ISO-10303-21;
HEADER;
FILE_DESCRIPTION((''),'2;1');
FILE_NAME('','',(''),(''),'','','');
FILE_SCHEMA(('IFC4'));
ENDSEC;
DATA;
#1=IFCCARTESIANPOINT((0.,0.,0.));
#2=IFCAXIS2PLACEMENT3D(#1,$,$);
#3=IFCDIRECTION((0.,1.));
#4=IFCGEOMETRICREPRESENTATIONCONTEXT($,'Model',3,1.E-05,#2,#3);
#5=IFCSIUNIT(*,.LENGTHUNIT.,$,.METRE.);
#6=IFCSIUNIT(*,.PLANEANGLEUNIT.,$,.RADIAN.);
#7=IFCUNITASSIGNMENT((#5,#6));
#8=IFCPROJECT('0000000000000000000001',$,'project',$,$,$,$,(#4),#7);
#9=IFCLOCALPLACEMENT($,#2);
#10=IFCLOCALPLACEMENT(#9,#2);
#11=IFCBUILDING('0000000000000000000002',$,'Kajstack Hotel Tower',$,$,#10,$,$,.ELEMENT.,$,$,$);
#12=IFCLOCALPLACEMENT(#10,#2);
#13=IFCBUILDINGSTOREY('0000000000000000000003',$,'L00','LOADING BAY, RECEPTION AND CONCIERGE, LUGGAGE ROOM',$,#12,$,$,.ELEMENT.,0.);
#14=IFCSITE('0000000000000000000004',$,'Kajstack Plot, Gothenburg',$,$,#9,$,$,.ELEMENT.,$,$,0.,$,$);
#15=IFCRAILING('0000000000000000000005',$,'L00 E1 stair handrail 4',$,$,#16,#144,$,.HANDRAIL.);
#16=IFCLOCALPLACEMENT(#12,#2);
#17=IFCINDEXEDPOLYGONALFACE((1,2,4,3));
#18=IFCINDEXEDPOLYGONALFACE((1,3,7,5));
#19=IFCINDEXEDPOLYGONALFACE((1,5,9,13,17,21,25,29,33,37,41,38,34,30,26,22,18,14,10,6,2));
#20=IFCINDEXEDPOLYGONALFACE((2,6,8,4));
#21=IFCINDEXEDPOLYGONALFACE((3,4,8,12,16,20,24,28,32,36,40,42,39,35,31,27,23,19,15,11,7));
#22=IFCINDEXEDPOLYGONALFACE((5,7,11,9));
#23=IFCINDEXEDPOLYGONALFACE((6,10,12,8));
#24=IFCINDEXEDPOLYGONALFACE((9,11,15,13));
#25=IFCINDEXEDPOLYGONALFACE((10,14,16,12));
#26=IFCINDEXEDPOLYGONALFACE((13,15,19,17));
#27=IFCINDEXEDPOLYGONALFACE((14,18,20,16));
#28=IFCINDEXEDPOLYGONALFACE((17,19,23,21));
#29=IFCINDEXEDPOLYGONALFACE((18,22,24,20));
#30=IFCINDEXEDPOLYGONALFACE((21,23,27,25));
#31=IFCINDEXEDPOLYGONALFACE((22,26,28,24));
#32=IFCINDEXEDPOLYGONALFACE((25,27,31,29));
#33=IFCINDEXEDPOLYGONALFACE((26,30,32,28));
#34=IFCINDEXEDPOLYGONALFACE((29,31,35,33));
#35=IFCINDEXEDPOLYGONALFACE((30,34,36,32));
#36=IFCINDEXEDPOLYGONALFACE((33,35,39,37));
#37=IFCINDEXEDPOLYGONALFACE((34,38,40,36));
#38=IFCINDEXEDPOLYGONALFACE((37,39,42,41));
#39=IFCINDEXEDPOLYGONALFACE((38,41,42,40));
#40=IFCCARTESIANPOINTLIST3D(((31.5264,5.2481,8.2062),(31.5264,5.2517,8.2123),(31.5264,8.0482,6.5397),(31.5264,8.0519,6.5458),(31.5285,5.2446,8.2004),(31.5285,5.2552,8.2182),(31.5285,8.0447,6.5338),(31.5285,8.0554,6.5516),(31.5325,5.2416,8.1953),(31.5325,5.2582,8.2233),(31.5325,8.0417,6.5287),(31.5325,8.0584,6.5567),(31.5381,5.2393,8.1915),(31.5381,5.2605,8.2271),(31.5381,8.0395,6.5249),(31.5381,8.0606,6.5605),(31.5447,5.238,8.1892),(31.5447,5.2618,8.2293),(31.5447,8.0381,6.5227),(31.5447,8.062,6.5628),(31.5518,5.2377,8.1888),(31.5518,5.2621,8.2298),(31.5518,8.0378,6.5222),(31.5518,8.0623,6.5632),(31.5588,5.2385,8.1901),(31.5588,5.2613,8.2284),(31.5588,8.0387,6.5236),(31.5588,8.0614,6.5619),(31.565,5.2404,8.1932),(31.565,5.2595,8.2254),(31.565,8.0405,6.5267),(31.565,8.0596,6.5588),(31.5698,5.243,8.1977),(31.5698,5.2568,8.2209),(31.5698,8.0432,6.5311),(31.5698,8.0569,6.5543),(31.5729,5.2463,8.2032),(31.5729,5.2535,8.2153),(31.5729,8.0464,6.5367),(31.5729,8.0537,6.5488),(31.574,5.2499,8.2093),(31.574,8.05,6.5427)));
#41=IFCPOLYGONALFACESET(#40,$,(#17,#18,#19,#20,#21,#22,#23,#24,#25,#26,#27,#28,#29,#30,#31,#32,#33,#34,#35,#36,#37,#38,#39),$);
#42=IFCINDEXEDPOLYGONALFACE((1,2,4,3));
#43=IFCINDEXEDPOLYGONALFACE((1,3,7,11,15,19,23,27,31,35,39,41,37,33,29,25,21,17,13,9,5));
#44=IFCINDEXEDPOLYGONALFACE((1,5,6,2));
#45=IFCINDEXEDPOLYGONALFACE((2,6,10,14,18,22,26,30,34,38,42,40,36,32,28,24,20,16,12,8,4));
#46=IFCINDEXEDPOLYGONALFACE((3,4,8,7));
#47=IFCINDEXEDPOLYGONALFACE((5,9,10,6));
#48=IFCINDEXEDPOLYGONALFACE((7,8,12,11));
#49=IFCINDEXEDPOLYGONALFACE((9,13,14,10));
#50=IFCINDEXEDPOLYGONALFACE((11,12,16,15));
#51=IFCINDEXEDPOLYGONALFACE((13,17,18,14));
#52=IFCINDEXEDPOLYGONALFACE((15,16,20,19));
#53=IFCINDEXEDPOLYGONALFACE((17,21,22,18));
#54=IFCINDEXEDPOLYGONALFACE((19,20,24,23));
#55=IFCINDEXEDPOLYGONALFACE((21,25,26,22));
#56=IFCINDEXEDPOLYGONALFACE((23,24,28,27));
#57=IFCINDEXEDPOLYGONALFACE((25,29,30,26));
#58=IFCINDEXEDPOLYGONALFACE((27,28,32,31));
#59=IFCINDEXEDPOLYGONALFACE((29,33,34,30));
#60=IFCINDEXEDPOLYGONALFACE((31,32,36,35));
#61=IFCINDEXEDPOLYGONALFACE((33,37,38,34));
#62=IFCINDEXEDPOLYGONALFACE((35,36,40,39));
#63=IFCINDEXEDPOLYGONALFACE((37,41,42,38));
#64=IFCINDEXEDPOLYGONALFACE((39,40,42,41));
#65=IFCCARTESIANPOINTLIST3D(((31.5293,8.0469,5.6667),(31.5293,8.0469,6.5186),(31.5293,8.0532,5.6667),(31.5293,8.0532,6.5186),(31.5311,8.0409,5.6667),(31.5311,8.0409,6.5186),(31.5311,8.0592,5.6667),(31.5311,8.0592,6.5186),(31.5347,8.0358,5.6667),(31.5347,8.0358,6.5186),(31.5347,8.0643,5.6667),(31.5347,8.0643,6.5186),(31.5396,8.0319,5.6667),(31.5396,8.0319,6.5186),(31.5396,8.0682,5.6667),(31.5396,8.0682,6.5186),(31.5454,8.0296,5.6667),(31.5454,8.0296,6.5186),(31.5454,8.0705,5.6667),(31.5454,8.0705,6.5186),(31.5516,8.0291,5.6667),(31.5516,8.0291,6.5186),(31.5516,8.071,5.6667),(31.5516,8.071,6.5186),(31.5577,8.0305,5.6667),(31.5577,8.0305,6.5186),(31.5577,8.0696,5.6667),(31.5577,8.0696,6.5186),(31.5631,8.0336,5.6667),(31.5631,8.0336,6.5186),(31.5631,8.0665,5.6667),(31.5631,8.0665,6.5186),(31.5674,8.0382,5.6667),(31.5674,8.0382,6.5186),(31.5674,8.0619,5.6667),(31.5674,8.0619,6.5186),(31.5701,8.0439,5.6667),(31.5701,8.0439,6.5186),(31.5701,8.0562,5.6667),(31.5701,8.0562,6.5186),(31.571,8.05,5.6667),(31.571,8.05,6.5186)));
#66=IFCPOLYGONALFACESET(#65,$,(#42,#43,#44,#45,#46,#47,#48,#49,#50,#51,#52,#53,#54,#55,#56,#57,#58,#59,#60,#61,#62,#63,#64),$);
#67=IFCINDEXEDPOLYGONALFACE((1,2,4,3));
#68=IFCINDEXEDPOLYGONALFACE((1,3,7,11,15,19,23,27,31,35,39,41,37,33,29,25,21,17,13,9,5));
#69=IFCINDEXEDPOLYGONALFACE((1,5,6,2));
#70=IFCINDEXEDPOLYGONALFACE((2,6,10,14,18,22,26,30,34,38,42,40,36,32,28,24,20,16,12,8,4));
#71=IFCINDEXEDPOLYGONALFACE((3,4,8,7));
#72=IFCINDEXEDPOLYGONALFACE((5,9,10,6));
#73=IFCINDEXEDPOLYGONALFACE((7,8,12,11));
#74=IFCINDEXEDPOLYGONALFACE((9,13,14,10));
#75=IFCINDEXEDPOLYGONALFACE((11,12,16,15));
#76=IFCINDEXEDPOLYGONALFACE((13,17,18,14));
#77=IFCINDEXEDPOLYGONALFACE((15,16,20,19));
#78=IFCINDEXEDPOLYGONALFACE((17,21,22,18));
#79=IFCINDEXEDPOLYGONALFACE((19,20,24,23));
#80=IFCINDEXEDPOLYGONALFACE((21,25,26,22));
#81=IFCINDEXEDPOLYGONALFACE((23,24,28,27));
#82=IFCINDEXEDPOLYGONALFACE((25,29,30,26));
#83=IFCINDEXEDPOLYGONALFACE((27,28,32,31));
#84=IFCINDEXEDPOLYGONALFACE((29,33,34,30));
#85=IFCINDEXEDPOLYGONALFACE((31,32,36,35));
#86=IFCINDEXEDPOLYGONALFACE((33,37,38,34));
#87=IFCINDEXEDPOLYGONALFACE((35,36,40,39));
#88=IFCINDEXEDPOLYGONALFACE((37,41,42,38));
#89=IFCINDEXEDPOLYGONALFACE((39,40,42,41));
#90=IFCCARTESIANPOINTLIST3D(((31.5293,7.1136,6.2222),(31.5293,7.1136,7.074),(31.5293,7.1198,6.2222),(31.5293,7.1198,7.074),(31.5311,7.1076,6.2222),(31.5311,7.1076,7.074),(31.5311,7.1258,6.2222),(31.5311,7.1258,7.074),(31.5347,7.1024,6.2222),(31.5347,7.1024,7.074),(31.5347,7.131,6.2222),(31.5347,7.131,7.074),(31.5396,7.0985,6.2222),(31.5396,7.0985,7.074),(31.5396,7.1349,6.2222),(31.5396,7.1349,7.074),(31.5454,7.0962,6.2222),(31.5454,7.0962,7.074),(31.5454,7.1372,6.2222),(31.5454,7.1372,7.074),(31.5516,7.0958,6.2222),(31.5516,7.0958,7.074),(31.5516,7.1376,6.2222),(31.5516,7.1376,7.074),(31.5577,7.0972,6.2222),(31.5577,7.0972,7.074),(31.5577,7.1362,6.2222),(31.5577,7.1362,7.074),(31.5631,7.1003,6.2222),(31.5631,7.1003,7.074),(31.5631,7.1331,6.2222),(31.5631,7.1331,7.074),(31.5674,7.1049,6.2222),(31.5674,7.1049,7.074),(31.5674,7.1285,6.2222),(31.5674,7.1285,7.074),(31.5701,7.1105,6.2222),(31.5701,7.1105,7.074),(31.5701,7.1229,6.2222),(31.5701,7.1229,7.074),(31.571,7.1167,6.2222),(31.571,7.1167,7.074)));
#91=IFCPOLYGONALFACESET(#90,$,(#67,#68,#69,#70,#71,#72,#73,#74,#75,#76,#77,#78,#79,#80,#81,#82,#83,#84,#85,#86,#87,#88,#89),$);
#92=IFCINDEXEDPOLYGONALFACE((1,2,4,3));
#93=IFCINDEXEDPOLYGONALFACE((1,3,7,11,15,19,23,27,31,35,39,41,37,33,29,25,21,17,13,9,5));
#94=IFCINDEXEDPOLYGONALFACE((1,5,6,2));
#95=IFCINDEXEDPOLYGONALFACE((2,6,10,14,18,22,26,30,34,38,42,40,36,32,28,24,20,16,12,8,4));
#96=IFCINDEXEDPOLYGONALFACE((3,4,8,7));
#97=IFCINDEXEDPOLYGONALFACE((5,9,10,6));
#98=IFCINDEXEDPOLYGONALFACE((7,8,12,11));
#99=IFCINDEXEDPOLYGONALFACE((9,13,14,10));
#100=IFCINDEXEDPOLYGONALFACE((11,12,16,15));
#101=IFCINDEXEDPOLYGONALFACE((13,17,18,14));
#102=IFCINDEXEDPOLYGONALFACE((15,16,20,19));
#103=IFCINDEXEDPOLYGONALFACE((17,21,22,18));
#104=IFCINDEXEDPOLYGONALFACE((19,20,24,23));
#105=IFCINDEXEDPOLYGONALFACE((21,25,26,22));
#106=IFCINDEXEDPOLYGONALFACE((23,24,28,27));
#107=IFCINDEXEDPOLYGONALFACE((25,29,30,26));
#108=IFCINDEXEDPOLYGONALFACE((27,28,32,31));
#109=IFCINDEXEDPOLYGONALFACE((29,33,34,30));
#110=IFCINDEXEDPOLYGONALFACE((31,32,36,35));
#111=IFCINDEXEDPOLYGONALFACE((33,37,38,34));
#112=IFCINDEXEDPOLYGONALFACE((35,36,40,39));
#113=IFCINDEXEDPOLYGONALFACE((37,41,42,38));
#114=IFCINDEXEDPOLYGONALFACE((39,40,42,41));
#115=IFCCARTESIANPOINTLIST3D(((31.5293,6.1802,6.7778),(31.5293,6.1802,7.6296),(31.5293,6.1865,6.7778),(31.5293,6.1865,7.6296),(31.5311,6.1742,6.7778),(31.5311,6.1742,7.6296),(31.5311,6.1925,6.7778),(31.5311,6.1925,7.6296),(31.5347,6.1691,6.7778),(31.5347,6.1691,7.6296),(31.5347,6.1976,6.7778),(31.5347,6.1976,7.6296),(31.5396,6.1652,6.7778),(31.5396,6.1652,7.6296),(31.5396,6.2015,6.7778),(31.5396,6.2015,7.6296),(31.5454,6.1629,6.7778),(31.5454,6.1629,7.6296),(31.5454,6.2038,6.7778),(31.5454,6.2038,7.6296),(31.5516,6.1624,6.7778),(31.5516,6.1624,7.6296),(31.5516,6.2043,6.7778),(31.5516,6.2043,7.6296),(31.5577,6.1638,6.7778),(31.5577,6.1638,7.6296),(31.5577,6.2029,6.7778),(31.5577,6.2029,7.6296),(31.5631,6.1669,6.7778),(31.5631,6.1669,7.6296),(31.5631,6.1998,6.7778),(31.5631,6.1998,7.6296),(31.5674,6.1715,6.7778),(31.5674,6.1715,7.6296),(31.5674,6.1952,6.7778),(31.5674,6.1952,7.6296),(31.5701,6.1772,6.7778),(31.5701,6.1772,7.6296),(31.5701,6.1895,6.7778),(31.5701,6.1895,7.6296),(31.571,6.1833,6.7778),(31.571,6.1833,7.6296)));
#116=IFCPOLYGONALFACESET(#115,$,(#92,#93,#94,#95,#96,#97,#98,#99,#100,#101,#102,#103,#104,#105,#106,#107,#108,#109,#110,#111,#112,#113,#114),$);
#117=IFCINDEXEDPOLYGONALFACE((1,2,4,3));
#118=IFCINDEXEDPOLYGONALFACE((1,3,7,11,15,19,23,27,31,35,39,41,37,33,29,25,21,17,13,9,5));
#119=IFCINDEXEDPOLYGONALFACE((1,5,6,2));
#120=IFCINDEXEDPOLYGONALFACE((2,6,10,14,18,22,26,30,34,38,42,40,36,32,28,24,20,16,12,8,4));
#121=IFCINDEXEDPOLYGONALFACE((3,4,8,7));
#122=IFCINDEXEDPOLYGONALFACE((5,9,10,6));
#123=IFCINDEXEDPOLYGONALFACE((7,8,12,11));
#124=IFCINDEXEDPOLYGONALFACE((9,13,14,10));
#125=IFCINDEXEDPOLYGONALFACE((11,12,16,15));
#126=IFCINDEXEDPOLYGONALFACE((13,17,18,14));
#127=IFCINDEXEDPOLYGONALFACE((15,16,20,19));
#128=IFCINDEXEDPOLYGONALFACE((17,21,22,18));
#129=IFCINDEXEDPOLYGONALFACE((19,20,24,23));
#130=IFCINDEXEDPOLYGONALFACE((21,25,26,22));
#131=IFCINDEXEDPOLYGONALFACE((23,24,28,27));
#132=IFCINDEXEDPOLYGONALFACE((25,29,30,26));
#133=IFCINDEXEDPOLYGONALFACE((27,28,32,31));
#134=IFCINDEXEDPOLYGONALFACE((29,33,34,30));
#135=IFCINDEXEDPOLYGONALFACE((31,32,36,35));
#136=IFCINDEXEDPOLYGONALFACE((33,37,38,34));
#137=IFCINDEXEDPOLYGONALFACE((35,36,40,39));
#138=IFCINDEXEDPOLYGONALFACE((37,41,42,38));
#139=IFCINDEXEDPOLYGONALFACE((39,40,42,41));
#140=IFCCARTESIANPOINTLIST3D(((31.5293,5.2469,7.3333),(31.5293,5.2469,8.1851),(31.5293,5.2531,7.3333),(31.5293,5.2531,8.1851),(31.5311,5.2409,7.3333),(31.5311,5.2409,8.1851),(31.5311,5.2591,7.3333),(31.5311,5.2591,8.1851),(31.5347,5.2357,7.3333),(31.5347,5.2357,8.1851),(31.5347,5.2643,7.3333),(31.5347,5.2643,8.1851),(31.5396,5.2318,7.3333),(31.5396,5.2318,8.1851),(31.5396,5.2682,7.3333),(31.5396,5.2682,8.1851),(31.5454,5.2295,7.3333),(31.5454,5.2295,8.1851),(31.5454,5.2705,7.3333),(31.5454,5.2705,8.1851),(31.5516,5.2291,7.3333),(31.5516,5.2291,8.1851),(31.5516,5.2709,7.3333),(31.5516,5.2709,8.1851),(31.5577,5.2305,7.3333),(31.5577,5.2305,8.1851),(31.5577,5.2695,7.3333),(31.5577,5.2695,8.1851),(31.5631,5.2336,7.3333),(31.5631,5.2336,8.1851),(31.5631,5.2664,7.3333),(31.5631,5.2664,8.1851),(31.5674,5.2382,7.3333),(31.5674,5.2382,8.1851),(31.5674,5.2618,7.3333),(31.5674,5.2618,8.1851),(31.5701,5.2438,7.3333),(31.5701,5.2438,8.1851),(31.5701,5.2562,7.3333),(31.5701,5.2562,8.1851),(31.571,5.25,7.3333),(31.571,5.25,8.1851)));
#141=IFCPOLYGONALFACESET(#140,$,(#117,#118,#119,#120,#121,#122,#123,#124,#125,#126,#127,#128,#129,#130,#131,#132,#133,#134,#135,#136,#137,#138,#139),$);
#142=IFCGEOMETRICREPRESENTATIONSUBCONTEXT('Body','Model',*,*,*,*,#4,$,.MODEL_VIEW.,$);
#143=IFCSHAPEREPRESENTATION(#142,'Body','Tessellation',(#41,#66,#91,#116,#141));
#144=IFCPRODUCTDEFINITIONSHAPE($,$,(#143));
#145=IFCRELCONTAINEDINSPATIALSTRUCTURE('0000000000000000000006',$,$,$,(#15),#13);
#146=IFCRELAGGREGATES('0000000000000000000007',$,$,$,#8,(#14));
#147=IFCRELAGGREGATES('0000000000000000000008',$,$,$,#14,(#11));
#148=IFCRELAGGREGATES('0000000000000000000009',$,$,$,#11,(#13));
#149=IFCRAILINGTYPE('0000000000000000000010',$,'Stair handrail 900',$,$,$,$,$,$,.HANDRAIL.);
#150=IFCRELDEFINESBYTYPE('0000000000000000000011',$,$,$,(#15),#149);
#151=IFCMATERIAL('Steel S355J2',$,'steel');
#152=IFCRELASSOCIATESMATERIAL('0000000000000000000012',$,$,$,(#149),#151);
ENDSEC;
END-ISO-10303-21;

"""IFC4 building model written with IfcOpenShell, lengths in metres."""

from ifc_helpers import new_model, si_unit, direction, frame, origin, origin_2d, place, context, subcontext, project, spatial, circle, extrude, material, type_object, element, save


model = new_model("IFC4")

# Units and contexts
model_context = context("Model", 3, precision=1e-05, world=origin(), true_north=direction((0.0, 1.0)))
body_context = subcontext(model_context, "Body", "Model", "MODEL_VIEW")
ifc_project = project(units=[si_unit("LENGTHUNIT", "METRE"), si_unit("PLANEANGLEUNIT", "RADIAN")], contexts=[model_context])

# Site, building, storey
site_placement = place(None, origin())
site = spatial("IfcSite", under=ifc_project, at=site_placement, Name="Kajstack Plot, Gothenburg", CompositionType="ELEMENT", RefElevation=0.0)
building_placement = place(site_placement, origin())
building = spatial("IfcBuilding", under=site, at=building_placement, Name="Kajstack Hotel Tower", CompositionType="ELEMENT")
storey_placement = place(building_placement, origin())
storey = spatial("IfcBuildingStorey", under=building, at=storey_placement, Name="L00", Description="LOADING BAY, RECEPTION AND CONCIERGE, LUGGAGE ROOM", CompositionType="ELEMENT", Elevation=0.0)

# Railing
ifc_material_1 = material(Name="Steel S355J2", Category="steel")
railing_type_1 = type_object("IfcRailingType", Name="Stair handrail 900", PredefinedType="HANDRAIL", material=ifc_material_1)
railing_1_placement = place(storey_placement, frame((31.55, 8.05, 5.6667)))
element("IfcRailing", 1, at=railing_1_placement, inside=storey, type_object=railing_type_1, Name="L00 E1 stair handrail 4", PredefinedType="HANDRAIL", context=body_context, shape_type="SweptSolid", body=[
    extrude(circle(Radius=0.0239, at=origin_2d()), frame((0.0, 0.0, 0.876), z_axis=(0.0, -0.859319, 0.51144), x_axis=(1.0, 0.0, 0.0)), (0.0, 0.0, 1.0), 3.2585),
    extrude(circle(Radius=0.021, at=origin_2d()), origin(), (0.0, 0.0, 1.0), 0.8518),
    extrude(circle(Radius=0.021, at=origin_2d()), frame((0.0, -0.9333, 0.5554)), (0.0, 0.0, 1.0), 0.8518),
    extrude(circle(Radius=0.021, at=origin_2d()), frame((0.0, -1.8667, 1.1111)), (0.0, 0.0, 1.0), 0.8518),
    extrude(circle(Radius=0.021, at=origin_2d()), frame((0.0, -2.8, 1.6665)), (0.0, 0.0, 1.0), 0.8518),
])

save(model, "model.ifc")
